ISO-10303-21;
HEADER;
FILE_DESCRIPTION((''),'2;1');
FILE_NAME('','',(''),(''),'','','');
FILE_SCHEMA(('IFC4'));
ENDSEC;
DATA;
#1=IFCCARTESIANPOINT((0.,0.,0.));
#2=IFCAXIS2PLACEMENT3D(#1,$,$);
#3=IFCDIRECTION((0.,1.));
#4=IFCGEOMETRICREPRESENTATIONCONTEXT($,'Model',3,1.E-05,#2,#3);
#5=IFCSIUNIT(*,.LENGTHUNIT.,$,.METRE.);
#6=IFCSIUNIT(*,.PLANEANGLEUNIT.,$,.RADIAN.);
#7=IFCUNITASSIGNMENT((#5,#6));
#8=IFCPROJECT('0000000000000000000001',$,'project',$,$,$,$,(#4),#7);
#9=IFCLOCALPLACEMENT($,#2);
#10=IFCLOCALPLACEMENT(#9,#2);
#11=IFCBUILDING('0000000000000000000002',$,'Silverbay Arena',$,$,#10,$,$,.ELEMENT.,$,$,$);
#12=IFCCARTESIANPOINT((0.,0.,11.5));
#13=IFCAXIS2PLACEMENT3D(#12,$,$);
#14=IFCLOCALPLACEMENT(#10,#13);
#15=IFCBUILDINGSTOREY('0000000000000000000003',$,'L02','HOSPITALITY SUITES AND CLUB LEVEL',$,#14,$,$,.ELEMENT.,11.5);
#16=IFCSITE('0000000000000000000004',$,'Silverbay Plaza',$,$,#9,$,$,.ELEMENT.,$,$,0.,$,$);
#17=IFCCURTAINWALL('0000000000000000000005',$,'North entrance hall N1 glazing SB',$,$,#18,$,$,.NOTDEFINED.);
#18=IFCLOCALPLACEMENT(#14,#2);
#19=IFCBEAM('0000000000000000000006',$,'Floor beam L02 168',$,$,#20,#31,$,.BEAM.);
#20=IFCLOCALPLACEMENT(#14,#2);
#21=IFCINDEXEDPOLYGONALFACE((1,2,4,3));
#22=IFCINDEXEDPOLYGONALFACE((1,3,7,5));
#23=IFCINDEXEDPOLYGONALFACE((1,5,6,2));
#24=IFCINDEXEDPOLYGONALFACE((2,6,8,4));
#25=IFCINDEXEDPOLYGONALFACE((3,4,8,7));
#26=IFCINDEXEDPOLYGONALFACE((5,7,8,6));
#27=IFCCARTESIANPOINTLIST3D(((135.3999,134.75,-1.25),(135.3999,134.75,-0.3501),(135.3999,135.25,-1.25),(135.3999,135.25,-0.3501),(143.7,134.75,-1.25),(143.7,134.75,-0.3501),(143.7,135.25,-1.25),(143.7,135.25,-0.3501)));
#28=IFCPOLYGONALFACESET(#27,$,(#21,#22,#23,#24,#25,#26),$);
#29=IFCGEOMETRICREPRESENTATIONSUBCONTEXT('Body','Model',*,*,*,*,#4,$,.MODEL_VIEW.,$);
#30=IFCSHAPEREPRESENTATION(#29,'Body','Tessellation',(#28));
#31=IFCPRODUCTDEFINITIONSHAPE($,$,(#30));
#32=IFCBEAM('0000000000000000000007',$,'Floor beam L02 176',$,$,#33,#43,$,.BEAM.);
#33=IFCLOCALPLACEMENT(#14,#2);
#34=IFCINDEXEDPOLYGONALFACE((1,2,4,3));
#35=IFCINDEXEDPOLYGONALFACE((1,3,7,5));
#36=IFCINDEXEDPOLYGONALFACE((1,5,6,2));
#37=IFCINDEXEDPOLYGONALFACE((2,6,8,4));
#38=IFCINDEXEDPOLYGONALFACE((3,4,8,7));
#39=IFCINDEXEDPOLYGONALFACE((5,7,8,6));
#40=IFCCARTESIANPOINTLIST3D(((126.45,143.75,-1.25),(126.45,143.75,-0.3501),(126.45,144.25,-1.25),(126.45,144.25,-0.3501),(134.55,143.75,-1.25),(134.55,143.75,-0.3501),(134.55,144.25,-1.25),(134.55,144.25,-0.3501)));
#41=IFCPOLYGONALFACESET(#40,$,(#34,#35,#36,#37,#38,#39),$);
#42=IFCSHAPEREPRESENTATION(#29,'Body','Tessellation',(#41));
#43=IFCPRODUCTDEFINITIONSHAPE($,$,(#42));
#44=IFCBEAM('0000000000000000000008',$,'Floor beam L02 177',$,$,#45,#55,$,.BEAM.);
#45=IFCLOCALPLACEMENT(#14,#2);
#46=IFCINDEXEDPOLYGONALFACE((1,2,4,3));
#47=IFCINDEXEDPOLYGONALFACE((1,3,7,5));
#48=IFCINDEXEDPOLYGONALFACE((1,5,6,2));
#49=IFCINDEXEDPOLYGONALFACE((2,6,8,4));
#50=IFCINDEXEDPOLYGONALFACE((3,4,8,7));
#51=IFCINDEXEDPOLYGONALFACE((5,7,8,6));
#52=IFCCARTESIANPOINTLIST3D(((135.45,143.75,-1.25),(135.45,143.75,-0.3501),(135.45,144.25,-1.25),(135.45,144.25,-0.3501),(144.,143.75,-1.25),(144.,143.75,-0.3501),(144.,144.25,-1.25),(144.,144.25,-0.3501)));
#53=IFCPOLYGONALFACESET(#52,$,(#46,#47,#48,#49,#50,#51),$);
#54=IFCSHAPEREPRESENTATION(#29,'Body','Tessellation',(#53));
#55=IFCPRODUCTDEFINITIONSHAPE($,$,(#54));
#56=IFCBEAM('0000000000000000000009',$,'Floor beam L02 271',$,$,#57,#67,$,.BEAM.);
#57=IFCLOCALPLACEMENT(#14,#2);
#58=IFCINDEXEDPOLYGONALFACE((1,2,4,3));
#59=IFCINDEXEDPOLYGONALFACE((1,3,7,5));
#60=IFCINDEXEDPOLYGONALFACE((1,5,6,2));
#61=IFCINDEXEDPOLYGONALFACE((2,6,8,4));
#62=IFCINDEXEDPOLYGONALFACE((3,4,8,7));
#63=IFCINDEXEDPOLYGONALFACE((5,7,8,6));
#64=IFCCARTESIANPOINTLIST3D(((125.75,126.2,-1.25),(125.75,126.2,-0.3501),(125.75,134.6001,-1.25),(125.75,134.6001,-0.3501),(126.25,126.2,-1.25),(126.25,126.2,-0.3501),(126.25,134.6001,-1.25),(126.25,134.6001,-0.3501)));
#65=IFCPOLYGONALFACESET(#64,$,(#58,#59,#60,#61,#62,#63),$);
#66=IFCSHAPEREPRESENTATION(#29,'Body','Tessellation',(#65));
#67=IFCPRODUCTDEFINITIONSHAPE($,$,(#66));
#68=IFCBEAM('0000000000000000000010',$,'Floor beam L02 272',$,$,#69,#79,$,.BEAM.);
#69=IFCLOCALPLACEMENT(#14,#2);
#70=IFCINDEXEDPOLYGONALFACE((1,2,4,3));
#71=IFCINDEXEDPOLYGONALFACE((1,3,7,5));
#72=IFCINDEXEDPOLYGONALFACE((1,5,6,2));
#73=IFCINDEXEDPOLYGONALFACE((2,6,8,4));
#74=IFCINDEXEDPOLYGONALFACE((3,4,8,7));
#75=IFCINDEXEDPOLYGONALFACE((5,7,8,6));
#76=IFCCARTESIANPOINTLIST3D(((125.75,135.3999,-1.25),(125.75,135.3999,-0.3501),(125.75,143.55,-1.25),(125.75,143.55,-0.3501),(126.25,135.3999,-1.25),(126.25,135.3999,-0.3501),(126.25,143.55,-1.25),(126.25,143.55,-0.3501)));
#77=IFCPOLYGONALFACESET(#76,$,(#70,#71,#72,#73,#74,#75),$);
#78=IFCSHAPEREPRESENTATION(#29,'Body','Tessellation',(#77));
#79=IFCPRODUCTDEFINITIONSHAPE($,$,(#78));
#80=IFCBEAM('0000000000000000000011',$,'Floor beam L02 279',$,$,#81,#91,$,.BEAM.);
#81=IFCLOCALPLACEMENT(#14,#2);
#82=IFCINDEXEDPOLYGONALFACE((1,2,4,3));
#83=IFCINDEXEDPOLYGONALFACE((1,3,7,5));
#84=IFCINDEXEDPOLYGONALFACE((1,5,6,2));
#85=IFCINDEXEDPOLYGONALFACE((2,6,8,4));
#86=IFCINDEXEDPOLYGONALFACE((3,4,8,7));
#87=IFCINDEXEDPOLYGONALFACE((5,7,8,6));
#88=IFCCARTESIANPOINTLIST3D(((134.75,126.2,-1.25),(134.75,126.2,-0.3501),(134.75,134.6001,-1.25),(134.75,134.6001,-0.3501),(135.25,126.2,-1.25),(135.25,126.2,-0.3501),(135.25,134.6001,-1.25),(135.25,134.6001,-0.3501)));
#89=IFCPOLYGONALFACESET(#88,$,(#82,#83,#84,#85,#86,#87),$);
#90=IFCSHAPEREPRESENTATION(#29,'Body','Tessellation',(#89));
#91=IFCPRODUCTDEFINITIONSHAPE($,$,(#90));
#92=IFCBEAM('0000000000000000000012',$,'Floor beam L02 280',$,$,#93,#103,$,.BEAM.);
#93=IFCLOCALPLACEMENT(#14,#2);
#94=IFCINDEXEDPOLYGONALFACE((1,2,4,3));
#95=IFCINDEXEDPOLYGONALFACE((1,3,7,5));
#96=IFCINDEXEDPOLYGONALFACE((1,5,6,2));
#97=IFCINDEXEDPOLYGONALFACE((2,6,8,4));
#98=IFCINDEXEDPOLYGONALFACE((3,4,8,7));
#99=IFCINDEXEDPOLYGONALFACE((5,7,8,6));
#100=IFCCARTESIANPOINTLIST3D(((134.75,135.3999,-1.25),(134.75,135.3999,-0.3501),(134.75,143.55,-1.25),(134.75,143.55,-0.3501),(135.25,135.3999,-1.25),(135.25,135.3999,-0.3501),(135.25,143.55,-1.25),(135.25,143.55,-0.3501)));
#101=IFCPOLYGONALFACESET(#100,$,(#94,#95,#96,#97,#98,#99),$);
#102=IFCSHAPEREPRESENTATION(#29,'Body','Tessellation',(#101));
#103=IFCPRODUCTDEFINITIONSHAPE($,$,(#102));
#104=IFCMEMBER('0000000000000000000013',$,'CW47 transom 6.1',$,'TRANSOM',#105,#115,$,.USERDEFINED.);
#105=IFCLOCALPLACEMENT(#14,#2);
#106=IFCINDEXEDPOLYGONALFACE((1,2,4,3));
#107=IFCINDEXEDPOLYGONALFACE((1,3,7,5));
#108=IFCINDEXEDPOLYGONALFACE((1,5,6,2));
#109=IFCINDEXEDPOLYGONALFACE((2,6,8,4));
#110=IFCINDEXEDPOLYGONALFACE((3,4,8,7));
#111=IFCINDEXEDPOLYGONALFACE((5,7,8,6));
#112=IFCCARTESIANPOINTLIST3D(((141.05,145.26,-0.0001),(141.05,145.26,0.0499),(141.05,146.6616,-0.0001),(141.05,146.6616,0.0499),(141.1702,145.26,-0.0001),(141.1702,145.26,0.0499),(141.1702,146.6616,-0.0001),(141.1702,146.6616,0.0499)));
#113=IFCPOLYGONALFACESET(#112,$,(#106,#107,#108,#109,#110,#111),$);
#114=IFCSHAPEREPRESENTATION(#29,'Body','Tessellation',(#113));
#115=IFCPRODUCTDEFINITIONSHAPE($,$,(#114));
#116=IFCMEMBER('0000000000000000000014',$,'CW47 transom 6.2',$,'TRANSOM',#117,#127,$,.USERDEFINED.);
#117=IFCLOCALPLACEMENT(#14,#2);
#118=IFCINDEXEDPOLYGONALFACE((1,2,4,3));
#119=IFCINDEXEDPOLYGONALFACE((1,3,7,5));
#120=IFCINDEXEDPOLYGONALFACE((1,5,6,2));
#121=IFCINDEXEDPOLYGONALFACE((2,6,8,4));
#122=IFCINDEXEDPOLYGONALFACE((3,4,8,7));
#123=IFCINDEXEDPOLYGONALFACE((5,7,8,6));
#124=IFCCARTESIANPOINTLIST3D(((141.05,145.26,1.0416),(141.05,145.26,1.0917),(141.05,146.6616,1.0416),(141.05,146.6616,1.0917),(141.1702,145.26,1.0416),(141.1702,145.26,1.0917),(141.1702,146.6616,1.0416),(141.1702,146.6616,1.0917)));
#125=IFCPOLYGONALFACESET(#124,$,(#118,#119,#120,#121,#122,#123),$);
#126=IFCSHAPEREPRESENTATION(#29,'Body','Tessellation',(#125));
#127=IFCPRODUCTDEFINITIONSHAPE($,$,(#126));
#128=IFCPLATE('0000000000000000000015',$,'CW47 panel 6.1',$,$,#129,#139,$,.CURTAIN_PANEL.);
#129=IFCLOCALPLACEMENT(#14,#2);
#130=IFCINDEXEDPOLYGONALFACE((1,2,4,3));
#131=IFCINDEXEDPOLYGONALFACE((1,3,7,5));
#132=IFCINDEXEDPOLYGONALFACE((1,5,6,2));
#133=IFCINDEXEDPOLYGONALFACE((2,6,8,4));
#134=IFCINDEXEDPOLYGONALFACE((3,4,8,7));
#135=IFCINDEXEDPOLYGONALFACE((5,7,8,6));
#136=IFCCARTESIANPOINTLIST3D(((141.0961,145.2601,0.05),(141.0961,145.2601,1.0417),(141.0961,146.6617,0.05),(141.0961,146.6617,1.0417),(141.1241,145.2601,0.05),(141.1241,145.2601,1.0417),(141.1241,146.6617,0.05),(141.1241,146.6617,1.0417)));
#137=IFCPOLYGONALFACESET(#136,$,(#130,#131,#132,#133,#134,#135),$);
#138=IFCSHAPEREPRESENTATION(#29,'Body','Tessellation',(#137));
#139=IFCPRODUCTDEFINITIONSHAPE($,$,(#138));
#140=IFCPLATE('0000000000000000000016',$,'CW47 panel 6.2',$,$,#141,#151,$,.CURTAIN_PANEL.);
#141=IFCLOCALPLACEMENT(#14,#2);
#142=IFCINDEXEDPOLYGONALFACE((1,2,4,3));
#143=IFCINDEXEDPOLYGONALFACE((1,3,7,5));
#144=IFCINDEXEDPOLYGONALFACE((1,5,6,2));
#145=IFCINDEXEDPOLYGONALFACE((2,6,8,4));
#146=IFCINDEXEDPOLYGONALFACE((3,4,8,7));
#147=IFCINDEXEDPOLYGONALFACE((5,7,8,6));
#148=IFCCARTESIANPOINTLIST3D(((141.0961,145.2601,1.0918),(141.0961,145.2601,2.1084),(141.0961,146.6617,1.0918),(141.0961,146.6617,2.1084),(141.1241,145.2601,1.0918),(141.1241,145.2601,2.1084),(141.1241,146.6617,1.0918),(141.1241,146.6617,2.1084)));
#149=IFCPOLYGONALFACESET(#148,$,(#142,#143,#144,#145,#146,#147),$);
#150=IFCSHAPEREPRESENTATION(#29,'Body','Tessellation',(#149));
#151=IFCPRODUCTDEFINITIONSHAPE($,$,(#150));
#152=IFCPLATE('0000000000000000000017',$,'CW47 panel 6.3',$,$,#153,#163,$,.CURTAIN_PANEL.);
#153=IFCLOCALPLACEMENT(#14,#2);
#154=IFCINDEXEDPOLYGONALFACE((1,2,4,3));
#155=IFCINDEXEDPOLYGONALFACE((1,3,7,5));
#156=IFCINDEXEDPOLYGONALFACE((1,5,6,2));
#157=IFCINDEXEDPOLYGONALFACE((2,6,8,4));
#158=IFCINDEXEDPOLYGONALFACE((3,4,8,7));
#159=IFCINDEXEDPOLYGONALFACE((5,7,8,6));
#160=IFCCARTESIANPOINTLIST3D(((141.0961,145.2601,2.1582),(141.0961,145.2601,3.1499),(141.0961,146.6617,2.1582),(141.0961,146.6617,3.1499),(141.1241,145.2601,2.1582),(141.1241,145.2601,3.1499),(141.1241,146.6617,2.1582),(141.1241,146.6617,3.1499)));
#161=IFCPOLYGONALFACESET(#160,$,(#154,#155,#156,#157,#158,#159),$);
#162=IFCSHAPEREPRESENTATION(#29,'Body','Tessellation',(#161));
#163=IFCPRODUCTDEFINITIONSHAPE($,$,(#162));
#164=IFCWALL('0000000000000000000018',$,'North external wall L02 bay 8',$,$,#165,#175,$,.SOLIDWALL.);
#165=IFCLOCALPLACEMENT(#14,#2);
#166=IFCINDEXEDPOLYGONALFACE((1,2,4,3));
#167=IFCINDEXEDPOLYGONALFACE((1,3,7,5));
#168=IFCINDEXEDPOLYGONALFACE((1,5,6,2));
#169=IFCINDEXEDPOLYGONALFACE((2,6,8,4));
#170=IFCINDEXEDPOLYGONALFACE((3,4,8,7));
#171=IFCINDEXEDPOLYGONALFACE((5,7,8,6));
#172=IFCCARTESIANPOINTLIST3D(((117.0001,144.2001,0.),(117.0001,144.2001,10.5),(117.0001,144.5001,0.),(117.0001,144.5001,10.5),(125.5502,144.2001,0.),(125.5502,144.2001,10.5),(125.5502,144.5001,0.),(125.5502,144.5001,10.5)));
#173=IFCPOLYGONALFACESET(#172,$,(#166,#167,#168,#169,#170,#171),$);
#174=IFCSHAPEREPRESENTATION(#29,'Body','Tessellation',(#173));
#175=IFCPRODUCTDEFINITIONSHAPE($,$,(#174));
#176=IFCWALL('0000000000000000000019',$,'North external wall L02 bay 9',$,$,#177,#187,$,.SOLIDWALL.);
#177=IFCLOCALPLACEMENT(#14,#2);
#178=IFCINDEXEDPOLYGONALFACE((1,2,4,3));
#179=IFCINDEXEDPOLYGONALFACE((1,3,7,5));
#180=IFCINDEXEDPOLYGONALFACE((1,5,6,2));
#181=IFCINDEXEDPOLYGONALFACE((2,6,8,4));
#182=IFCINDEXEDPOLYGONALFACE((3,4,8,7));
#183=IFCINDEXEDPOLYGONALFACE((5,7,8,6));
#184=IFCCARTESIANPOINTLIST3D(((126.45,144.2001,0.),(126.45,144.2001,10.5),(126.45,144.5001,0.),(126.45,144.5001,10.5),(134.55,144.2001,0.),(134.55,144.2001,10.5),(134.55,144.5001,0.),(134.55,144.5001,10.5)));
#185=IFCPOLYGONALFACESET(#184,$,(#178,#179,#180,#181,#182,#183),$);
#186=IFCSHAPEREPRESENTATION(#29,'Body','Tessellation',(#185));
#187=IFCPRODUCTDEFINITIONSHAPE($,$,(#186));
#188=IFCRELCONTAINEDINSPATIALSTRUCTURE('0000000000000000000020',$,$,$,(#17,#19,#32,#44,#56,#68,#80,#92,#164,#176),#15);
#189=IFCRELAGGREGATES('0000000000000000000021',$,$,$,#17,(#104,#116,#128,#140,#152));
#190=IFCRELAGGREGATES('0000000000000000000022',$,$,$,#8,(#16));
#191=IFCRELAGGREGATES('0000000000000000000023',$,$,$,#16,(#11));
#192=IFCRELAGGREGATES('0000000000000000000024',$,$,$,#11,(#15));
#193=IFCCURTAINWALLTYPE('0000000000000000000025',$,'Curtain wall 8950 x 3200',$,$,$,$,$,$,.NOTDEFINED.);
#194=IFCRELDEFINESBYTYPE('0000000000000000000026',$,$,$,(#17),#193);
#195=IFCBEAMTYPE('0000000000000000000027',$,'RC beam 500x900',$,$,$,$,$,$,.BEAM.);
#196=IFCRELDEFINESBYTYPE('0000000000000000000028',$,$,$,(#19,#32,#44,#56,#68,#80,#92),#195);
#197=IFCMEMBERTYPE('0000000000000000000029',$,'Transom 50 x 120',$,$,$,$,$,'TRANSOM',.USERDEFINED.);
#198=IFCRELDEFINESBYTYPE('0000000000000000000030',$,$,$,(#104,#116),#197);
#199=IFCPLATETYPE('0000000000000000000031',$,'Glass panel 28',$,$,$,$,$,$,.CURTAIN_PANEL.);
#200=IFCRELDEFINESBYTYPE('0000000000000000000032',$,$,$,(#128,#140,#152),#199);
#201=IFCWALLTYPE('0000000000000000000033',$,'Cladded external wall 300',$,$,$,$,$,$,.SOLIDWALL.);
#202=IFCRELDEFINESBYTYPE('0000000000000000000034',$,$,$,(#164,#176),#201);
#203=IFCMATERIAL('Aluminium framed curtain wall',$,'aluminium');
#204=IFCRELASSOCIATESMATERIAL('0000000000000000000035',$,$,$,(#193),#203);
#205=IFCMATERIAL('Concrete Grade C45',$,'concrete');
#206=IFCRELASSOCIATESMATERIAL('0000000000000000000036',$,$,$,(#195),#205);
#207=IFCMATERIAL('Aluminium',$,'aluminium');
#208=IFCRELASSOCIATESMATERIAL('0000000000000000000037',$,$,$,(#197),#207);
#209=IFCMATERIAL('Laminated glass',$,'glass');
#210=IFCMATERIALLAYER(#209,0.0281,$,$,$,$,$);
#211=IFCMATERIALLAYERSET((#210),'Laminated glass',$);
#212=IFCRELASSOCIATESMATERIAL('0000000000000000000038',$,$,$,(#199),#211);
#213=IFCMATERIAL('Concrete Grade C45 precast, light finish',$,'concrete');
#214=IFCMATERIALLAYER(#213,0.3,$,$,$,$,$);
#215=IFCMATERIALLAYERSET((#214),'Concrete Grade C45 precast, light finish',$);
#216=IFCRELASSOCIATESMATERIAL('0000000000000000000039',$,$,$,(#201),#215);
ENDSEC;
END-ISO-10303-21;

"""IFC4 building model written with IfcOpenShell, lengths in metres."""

from ifc_helpers import new_model, si_unit, direction, frame, frame_2d, origin, origin_2d, place, context, subcontext, project, spatial, rectangle, extrude, material, layer, layer_set, material_profile, profile_set, type_object, element, aggregate, save


model = new_model("IFC4")

# Units and contexts
model_context = context("Model", 3, precision=1e-05, world=origin(), true_north=direction((0.0, 1.0)))
body_context = subcontext(model_context, "Body", "Model", "MODEL_VIEW")
ifc_project = project(units=[si_unit("LENGTHUNIT", "METRE"), si_unit("PLANEANGLEUNIT", "RADIAN")], contexts=[model_context])

# Site, building, storey
site_placement = place(None, origin())
site = spatial("IfcSite", under=ifc_project, at=site_placement, Name="Silverbay Plaza", CompositionType="ELEMENT", RefElevation=0.0)
building_placement = place(site_placement, origin())
building = spatial("IfcBuilding", under=site, at=building_placement, Name="Silverbay Arena", CompositionType="ELEMENT")
storey_placement = place(building_placement, frame((0.0, 0.0, 11.5)))
storey = spatial("IfcBuildingStorey", under=building, at=storey_placement, Name="L02", Description="HOSPITALITY SUITES AND CLUB LEVEL", CompositionType="ELEMENT", Elevation=11.5)

# Curtain wall
ifc_material_1 = material(Name="Aluminium framed curtain wall", Category="aluminium")
curtain_wall_type = type_object("IfcCurtainWallType", Name="Curtain wall 8950 x 3200", PredefinedType="NOTDEFINED", material=ifc_material_1)
curtain_wall_placement = place(storey_placement, origin())
curtain_wall = element("IfcCurtainWall", 1, at=curtain_wall_placement, inside=storey, type_object=curtain_wall_type, Name="North entrance hall N1 glazing SB", PredefinedType="NOTDEFINED")

# Beams
ifc_material_2 = material(Name="Concrete Grade C45", Category="concrete")
ifc_material_profile_1 = material_profile(ifc_material_2, rectangle(XDim=0.5, YDim=0.8999, at=origin_2d()), Name="RC 500x900")
ifc_profile_set_1 = profile_set([ifc_material_profile_1], Name="Concrete Grade C45")
beam_type_1 = type_object("IfcBeamType", Name="RC beam 500x900", PredefinedType="BEAM", material=ifc_profile_set_1)
beam_1_placement = place(storey_placement, frame((135.3999, 135.0, -0.8), z_axis=(1.0, 0.0, 0.0), x_axis=(0.0, 1.0, 0.0)))
element("IfcBeam", 2, at=beam_1_placement, inside=storey, type_object=beam_type_1, Name="Floor beam L02 168", PredefinedType="BEAM", context=body_context, shape_type="SweptSolid", body=[
    extrude(rectangle(XDim=0.5, YDim=0.8999, at=origin_2d()), origin(), (0.0, 0.0, 1.0), 8.3),
])
beam_2_placement = place(storey_placement, frame((126.45, 144.0, -0.8), z_axis=(1.0, 0.0, 0.0), x_axis=(0.0, 1.0, 0.0)))
element("IfcBeam", 3, at=beam_2_placement, inside=storey, type_object=beam_type_1, Name="Floor beam L02 176", PredefinedType="BEAM", context=body_context, shape_type="SweptSolid", body=[
    extrude(rectangle(XDim=0.5, YDim=0.8999, at=origin_2d()), origin(), (0.0, 0.0, 1.0), 8.1001),
])
beam_3_placement = place(storey_placement, frame((135.45, 144.0, -0.8), z_axis=(1.0, 0.0, 0.0), x_axis=(0.0, 1.0, 0.0)))
element("IfcBeam", 4, at=beam_3_placement, inside=storey, type_object=beam_type_1, Name="Floor beam L02 177", PredefinedType="BEAM", context=body_context, shape_type="SweptSolid", body=[
    extrude(rectangle(XDim=0.5, YDim=0.8999, at=origin_2d()), origin(), (0.0, 0.0, 1.0), 8.55),
])
beam_4_placement = place(storey_placement, frame((126.0, 126.2, -0.8), z_axis=(0.0, 1.0, 0.0), x_axis=(-1.0, 0.0, 0.0)))
element("IfcBeam", 5, at=beam_4_placement, inside=storey, type_object=beam_type_1, Name="Floor beam L02 271", PredefinedType="BEAM", context=body_context, shape_type="SweptSolid", body=[
    extrude(rectangle(XDim=0.5, YDim=0.8999, at=origin_2d()), origin(), (0.0, 0.0, 1.0), 8.4001),
])
beam_5_placement = place(storey_placement, frame((126.0, 135.3999, -0.8), z_axis=(0.0, 1.0, 0.0), x_axis=(-1.0, 0.0, 0.0)))
element("IfcBeam", 6, at=beam_5_placement, inside=storey, type_object=beam_type_1, Name="Floor beam L02 272", PredefinedType="BEAM", context=body_context, shape_type="SweptSolid", body=[
    extrude(rectangle(XDim=0.5, YDim=0.8999, at=origin_2d()), origin(), (0.0, 0.0, 1.0), 8.1501),
])
beam_6_placement = place(storey_placement, frame((135.0, 126.2, -0.8), z_axis=(0.0, 1.0, 0.0), x_axis=(-1.0, 0.0, 0.0)))
element("IfcBeam", 7, at=beam_6_placement, inside=storey, type_object=beam_type_1, Name="Floor beam L02 279", PredefinedType="BEAM", context=body_context, shape_type="SweptSolid", body=[
    extrude(rectangle(XDim=0.5, YDim=0.8999, at=origin_2d()), origin(), (0.0, 0.0, 1.0), 8.4001),
])
beam_7_placement = place(storey_placement, frame((135.0, 135.3999, -0.8), z_axis=(0.0, 1.0, 0.0), x_axis=(-1.0, 0.0, 0.0)))
element("IfcBeam", 8, at=beam_7_placement, inside=storey, type_object=beam_type_1, Name="Floor beam L02 280", PredefinedType="BEAM", context=body_context, shape_type="SweptSolid", body=[
    extrude(rectangle(XDim=0.5, YDim=0.8999, at=origin_2d()), origin(), (0.0, 0.0, 1.0), 8.1501),
])

# Members
ifc_material_3 = material(Name="Aluminium", Category="aluminium")
ifc_material_profile_2 = material_profile(ifc_material_3, rectangle(XDim=0.1201, YDim=0.05, at=origin_2d()), Name="Transom 50 x 120")
ifc_profile_set_2 = profile_set([ifc_material_profile_2], Name="Aluminium")
member_type_1 = type_object("IfcMemberType", Name="Transom 50 x 120", ElementType="TRANSOM", PredefinedType="USERDEFINED", material=ifc_profile_set_2)
member_1_placement = place(storey_placement, frame((141.1101, 146.6616, 0.0249), z_axis=(0.0, -1.0, 0.0), x_axis=(1.0, 0.0, 0.0)))
member_1 = element("IfcMember", 9, at=member_1_placement, type_object=member_type_1, Name="CW47 transom 6.1", ObjectType="TRANSOM", PredefinedType="USERDEFINED", context=body_context, shape_type="SweptSolid", body=[
    extrude(rectangle(XDim=0.1201, YDim=0.05, at=origin_2d()), origin(), (0.0, 0.0, 1.0), 1.4016),
])
member_2_placement = place(storey_placement, frame((141.1101, 146.6616, 1.0667), z_axis=(0.0, -1.0, 0.0), x_axis=(1.0, 0.0, 0.0)))
member_2 = element("IfcMember", 10, at=member_2_placement, type_object=member_type_1, Name="CW47 transom 6.2", ObjectType="TRANSOM", PredefinedType="USERDEFINED", context=body_context, shape_type="SweptSolid", body=[
    extrude(rectangle(XDim=0.1201, YDim=0.05, at=origin_2d()), origin(), (0.0, 0.0, 1.0), 1.4016),
])

# Plates
ifc_material_4 = material(Name="Laminated glass", Category="glass")
ifc_layer_1 = layer(ifc_material_4, 0.0281)
ifc_layer_set_1 = layer_set([ifc_layer_1], Name="Laminated glass")
plate_type = type_object("IfcPlateType", Name="Glass panel 28", PredefinedType="CURTAIN_PANEL", material=ifc_layer_set_1)
plate_1_placement = place(storey_placement, frame((141.1101, 145.9609, 0.05), z_axis=(0.0, 0.0, 1.0), x_axis=(0.0, -1.0, 0.0)))
plate_1 = element("IfcPlate", 11, at=plate_1_placement, type_object=plate_type, Name="CW47 panel 6.1", PredefinedType="CURTAIN_PANEL", context=body_context, shape_type="SweptSolid", body=[
    extrude(rectangle(XDim=1.4016, YDim=0.0281, at=origin_2d()), origin(), (0.0, 0.0, 1.0), 0.9917),
])
plate_2_placement = place(storey_placement, frame((141.1101, 145.9609, 1.0918), z_axis=(0.0, 0.0, 1.0), x_axis=(0.0, -1.0, 0.0)))
plate_2 = element("IfcPlate", 12, at=plate_2_placement, type_object=plate_type, Name="CW47 panel 6.2", PredefinedType="CURTAIN_PANEL", context=body_context, shape_type="SweptSolid", body=[
    extrude(rectangle(XDim=1.4016, YDim=0.0281, at=origin_2d()), origin(), (0.0, 0.0, 1.0), 1.0166),
])
plate_3_placement = place(storey_placement, frame((141.1101, 145.9609, 2.1582), z_axis=(0.0, 0.0, 1.0), x_axis=(0.0, -1.0, 0.0)))
plate_3 = element("IfcPlate", 13, at=plate_3_placement, type_object=plate_type, Name="CW47 panel 6.3", PredefinedType="CURTAIN_PANEL", context=body_context, shape_type="SweptSolid", body=[
    extrude(rectangle(XDim=1.4016, YDim=0.0281, at=origin_2d()), origin(), (0.0, 0.0, 1.0), 0.9917),
])
aggregate(curtain_wall, [member_1, member_2, plate_1, plate_2, plate_3])

# Walls
ifc_material_5 = material(Name="Concrete Grade C45 precast, light finish", Category="concrete")
ifc_layer_2 = layer(ifc_material_5, 0.3)
ifc_layer_set_2 = layer_set([ifc_layer_2], Name="Concrete Grade C45 precast, light finish")
wall_type_1 = type_object("IfcWallType", Name="Cladded external wall 300", PredefinedType="SOLIDWALL", material=ifc_layer_set_2)
wall_1_placement = place(storey_placement, frame((125.55, 144.3501, 0.0), z_axis=(0.0, 0.0, 1.0), x_axis=(-1.0, 0.0, 0.0)))
element("IfcWall", 14, at=wall_1_placement, inside=storey, type_object=wall_type_1, Name="North external wall L02 bay 8", PredefinedType="SOLIDWALL", context=body_context, shape_type="SweptSolid", body=[
    extrude(rectangle(XDim=8.55, YDim=0.3, at=frame_2d((4.2749, 0.0))), origin(), (0.0, 0.0, 1.0), 10.5),
])
wall_2_placement = place(storey_placement, frame((134.55, 144.3501, 0.0), z_axis=(0.0, 0.0, 1.0), x_axis=(-1.0, 0.0, 0.0)))
element("IfcWall", 15, at=wall_2_placement, inside=storey, type_object=wall_type_1, Name="North external wall L02 bay 9", PredefinedType="SOLIDWALL", context=body_context, shape_type="SweptSolid", body=[
    extrude(rectangle(XDim=8.1001, YDim=0.3, at=frame_2d((4.05, 0.0))), origin(), (0.0, 0.0, 1.0), 10.5),
])

save(model, "model.ifc")
